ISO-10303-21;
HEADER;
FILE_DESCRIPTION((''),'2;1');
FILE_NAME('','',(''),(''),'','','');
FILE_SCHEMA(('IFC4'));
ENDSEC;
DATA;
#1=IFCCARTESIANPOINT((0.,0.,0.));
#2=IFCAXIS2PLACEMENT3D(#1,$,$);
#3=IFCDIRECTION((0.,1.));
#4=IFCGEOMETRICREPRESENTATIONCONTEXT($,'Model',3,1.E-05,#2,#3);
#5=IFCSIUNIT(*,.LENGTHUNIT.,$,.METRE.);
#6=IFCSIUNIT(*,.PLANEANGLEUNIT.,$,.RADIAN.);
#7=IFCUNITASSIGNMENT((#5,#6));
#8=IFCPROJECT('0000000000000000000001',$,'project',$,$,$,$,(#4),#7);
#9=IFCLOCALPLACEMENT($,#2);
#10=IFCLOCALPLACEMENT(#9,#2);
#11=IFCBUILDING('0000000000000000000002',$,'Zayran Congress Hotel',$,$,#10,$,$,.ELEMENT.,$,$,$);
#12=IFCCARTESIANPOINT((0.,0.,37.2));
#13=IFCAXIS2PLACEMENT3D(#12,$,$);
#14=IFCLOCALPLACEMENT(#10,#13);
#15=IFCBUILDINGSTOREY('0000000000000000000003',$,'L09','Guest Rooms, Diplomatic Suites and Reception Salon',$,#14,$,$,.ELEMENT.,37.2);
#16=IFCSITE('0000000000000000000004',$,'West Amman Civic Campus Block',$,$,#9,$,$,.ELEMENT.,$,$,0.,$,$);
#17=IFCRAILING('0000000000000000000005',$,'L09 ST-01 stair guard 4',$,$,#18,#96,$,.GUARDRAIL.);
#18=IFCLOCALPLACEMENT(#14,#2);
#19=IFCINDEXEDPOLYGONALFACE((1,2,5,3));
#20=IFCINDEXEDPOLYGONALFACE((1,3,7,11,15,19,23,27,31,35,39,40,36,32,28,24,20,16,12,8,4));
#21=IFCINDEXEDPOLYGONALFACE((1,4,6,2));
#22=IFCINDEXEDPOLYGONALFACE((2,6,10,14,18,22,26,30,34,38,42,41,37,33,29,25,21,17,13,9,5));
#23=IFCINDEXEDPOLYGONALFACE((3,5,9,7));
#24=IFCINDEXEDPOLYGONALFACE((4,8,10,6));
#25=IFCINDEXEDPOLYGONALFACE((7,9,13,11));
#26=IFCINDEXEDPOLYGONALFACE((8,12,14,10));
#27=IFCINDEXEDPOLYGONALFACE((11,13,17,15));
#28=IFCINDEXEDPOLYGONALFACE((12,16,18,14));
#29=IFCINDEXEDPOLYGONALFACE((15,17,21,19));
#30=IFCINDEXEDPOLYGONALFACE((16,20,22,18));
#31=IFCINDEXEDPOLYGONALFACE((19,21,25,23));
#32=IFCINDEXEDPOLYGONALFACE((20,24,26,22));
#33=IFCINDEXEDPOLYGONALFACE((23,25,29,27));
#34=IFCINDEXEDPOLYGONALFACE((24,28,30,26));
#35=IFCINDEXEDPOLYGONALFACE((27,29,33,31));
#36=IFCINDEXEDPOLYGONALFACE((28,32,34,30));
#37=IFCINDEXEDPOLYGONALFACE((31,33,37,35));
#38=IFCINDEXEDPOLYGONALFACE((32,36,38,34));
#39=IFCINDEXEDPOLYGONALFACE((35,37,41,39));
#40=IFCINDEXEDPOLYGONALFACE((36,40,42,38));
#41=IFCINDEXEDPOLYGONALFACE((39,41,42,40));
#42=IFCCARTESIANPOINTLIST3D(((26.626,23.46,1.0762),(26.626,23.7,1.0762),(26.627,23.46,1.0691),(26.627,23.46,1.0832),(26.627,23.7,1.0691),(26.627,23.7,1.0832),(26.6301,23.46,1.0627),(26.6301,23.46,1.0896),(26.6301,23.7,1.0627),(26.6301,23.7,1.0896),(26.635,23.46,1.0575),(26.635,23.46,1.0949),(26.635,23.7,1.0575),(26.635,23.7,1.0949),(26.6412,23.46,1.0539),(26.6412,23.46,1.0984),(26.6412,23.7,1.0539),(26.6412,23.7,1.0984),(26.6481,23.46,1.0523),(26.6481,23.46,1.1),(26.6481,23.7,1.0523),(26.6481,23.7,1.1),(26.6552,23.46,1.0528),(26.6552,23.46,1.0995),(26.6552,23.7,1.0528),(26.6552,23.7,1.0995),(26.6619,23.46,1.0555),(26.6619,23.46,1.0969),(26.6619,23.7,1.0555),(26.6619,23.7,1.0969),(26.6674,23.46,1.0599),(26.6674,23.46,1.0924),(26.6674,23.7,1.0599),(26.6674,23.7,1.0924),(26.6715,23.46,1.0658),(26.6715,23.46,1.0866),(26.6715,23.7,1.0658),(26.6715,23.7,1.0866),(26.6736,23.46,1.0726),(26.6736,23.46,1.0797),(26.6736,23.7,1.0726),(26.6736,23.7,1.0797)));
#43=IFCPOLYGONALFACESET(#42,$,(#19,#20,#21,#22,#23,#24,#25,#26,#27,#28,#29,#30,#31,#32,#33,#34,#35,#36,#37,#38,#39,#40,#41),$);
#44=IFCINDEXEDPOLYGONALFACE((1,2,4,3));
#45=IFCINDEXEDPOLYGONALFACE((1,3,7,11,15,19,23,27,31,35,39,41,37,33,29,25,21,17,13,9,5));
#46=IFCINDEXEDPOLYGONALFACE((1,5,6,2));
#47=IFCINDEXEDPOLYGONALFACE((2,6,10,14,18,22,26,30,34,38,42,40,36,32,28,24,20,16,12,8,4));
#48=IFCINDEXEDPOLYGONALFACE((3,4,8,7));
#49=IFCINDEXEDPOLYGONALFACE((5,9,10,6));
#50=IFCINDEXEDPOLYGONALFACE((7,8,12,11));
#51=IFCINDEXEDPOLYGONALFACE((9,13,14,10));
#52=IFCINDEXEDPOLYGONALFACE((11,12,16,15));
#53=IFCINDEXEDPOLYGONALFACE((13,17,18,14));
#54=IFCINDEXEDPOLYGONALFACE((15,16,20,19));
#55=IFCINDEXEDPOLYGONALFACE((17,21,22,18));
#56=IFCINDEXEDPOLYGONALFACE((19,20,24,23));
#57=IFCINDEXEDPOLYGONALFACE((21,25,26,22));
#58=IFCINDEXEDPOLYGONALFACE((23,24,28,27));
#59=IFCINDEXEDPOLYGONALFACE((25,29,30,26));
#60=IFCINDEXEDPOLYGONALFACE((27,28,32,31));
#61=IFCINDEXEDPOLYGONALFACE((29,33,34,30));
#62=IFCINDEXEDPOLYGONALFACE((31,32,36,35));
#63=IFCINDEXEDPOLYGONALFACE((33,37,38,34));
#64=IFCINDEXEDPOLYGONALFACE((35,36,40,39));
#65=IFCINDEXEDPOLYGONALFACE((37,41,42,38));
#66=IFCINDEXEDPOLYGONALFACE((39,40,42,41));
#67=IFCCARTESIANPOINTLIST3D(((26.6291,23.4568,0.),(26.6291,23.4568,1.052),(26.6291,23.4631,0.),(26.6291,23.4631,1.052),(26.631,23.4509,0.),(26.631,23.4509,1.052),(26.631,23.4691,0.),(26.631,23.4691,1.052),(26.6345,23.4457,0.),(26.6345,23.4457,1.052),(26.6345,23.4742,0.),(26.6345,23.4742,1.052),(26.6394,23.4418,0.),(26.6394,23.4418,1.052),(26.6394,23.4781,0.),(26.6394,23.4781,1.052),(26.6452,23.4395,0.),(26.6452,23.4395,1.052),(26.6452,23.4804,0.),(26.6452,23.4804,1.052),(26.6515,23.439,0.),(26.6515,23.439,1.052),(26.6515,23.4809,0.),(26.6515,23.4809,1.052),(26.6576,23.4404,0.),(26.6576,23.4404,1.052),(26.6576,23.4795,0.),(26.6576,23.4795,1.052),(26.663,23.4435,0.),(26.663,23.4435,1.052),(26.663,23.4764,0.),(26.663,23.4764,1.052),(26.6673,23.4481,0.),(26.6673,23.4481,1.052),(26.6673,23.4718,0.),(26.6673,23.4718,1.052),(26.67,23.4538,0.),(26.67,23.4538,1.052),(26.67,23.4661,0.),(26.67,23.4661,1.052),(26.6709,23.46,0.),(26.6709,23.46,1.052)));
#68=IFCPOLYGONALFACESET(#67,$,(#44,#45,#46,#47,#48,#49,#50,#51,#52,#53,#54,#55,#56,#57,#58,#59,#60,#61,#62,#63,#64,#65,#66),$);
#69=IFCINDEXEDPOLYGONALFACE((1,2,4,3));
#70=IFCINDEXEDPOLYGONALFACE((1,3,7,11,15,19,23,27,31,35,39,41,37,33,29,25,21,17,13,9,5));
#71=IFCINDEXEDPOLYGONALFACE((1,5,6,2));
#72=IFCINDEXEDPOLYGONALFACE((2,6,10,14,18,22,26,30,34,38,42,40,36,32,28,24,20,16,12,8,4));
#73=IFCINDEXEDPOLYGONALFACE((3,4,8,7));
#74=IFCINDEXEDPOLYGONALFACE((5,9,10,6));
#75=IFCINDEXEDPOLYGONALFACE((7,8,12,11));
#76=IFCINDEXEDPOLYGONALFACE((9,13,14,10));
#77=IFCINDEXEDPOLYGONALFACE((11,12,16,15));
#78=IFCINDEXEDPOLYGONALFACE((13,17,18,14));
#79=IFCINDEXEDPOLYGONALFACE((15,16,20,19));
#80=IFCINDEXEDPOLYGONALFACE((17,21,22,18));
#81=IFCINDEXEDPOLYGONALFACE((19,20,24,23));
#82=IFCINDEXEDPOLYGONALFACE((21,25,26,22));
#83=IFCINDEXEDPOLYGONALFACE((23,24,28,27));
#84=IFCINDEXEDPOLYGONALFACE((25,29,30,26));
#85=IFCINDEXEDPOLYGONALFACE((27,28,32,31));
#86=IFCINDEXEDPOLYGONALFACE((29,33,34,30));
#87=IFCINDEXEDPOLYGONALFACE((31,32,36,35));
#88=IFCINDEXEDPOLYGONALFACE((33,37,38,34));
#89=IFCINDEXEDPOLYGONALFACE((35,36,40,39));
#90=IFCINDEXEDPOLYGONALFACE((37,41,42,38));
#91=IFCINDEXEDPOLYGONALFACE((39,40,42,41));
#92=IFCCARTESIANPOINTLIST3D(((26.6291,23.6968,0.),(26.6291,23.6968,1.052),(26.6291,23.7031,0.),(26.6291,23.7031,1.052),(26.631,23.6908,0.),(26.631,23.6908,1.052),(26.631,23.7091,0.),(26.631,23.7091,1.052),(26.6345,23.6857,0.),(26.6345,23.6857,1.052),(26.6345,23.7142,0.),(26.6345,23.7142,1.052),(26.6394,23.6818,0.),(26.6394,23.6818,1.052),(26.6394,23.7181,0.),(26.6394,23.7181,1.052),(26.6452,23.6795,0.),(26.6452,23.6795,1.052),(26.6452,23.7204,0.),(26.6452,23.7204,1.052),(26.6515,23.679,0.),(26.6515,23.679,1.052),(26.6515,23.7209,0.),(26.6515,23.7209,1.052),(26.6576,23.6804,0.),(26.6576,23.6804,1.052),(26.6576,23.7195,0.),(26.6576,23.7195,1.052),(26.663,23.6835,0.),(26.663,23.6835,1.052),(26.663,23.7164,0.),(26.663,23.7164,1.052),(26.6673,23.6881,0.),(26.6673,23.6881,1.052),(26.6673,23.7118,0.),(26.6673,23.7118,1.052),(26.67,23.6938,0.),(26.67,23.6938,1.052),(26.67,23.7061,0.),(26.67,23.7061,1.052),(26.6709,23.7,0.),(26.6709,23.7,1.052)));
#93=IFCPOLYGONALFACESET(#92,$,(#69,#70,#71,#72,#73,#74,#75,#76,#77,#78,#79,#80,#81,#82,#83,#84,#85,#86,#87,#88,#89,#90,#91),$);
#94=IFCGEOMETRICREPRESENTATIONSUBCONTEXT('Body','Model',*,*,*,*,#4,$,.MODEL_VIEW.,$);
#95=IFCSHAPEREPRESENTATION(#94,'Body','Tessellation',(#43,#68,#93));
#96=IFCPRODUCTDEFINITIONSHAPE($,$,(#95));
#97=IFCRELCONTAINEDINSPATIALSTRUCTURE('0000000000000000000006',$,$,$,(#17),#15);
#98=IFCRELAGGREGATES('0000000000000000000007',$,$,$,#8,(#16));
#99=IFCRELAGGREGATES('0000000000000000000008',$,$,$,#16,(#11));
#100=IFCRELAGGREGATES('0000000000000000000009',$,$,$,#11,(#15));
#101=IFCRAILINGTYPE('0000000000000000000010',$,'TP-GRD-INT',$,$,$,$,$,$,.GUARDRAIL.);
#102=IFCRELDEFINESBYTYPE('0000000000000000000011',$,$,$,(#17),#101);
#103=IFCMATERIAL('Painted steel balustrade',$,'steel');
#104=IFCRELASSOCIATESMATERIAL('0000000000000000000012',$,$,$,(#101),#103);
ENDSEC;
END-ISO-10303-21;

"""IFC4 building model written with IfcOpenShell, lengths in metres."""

from ifc_helpers import new_model, si_unit, direction, frame, origin, origin_2d, place, context, subcontext, project, spatial, circle, extrude, material, type_object, element, save


model = new_model("IFC4")

# Units and contexts
model_context = context("Model", 3, precision=1e-05, world=origin(), true_north=direction((0.0, 1.0)))
body_context = subcontext(model_context, "Body", "Model", "MODEL_VIEW")
ifc_project = project(units=[si_unit("LENGTHUNIT", "METRE"), si_unit("PLANEANGLEUNIT", "RADIAN")], contexts=[model_context])

# Site, building, storey
site_placement = place(None, origin())
site = spatial("IfcSite", under=ifc_project, at=site_placement, Name="West Amman Civic Campus Block", CompositionType="ELEMENT", RefElevation=0.0)
building_placement = place(site_placement, origin())
building = spatial("IfcBuilding", under=site, at=building_placement, Name="Zayran Congress Hotel", CompositionType="ELEMENT")
storey_placement = place(building_placement, frame((0.0, 0.0, 37.2)))
storey = spatial("IfcBuildingStorey", under=building, at=storey_placement, Name="L09", Description="Guest Rooms, Diplomatic Suites and Reception Salon", CompositionType="ELEMENT", Elevation=37.2)

# Railing
ifc_material_1 = material(Name="Painted steel balustrade", Category="steel")
railing_type_1 = type_object("IfcRailingType", Name="TP-GRD-INT", PredefinedType="GUARDRAIL", material=ifc_material_1)
railing_1_placement = place(storey_placement, frame((26.6499, 23.46, 0.0)))
element("IfcRailing", 1, at=railing_1_placement, inside=storey, type_object=railing_type_1, Name="L09 ST-01 stair guard 4", PredefinedType="GUARDRAIL", context=body_context, shape_type="SweptSolid", body=[
    extrude(circle(Radius=0.0239, at=origin_2d()), frame((0.0, 0.0, 1.0762), z_axis=(0.0, 1.0, 0.0), x_axis=(-1.0, 0.0, 0.0)), (0.0, 0.0, 1.0), 0.24),
    extrude(circle(Radius=0.021, at=origin_2d()), origin(), (0.0, 0.0, 1.0), 1.052),
    extrude(circle(Radius=0.021, at=origin_2d()), frame((0.0, 0.24, 0.0)), (0.0, 0.0, 1.0), 1.052),
])

save(model, "model.ifc")
